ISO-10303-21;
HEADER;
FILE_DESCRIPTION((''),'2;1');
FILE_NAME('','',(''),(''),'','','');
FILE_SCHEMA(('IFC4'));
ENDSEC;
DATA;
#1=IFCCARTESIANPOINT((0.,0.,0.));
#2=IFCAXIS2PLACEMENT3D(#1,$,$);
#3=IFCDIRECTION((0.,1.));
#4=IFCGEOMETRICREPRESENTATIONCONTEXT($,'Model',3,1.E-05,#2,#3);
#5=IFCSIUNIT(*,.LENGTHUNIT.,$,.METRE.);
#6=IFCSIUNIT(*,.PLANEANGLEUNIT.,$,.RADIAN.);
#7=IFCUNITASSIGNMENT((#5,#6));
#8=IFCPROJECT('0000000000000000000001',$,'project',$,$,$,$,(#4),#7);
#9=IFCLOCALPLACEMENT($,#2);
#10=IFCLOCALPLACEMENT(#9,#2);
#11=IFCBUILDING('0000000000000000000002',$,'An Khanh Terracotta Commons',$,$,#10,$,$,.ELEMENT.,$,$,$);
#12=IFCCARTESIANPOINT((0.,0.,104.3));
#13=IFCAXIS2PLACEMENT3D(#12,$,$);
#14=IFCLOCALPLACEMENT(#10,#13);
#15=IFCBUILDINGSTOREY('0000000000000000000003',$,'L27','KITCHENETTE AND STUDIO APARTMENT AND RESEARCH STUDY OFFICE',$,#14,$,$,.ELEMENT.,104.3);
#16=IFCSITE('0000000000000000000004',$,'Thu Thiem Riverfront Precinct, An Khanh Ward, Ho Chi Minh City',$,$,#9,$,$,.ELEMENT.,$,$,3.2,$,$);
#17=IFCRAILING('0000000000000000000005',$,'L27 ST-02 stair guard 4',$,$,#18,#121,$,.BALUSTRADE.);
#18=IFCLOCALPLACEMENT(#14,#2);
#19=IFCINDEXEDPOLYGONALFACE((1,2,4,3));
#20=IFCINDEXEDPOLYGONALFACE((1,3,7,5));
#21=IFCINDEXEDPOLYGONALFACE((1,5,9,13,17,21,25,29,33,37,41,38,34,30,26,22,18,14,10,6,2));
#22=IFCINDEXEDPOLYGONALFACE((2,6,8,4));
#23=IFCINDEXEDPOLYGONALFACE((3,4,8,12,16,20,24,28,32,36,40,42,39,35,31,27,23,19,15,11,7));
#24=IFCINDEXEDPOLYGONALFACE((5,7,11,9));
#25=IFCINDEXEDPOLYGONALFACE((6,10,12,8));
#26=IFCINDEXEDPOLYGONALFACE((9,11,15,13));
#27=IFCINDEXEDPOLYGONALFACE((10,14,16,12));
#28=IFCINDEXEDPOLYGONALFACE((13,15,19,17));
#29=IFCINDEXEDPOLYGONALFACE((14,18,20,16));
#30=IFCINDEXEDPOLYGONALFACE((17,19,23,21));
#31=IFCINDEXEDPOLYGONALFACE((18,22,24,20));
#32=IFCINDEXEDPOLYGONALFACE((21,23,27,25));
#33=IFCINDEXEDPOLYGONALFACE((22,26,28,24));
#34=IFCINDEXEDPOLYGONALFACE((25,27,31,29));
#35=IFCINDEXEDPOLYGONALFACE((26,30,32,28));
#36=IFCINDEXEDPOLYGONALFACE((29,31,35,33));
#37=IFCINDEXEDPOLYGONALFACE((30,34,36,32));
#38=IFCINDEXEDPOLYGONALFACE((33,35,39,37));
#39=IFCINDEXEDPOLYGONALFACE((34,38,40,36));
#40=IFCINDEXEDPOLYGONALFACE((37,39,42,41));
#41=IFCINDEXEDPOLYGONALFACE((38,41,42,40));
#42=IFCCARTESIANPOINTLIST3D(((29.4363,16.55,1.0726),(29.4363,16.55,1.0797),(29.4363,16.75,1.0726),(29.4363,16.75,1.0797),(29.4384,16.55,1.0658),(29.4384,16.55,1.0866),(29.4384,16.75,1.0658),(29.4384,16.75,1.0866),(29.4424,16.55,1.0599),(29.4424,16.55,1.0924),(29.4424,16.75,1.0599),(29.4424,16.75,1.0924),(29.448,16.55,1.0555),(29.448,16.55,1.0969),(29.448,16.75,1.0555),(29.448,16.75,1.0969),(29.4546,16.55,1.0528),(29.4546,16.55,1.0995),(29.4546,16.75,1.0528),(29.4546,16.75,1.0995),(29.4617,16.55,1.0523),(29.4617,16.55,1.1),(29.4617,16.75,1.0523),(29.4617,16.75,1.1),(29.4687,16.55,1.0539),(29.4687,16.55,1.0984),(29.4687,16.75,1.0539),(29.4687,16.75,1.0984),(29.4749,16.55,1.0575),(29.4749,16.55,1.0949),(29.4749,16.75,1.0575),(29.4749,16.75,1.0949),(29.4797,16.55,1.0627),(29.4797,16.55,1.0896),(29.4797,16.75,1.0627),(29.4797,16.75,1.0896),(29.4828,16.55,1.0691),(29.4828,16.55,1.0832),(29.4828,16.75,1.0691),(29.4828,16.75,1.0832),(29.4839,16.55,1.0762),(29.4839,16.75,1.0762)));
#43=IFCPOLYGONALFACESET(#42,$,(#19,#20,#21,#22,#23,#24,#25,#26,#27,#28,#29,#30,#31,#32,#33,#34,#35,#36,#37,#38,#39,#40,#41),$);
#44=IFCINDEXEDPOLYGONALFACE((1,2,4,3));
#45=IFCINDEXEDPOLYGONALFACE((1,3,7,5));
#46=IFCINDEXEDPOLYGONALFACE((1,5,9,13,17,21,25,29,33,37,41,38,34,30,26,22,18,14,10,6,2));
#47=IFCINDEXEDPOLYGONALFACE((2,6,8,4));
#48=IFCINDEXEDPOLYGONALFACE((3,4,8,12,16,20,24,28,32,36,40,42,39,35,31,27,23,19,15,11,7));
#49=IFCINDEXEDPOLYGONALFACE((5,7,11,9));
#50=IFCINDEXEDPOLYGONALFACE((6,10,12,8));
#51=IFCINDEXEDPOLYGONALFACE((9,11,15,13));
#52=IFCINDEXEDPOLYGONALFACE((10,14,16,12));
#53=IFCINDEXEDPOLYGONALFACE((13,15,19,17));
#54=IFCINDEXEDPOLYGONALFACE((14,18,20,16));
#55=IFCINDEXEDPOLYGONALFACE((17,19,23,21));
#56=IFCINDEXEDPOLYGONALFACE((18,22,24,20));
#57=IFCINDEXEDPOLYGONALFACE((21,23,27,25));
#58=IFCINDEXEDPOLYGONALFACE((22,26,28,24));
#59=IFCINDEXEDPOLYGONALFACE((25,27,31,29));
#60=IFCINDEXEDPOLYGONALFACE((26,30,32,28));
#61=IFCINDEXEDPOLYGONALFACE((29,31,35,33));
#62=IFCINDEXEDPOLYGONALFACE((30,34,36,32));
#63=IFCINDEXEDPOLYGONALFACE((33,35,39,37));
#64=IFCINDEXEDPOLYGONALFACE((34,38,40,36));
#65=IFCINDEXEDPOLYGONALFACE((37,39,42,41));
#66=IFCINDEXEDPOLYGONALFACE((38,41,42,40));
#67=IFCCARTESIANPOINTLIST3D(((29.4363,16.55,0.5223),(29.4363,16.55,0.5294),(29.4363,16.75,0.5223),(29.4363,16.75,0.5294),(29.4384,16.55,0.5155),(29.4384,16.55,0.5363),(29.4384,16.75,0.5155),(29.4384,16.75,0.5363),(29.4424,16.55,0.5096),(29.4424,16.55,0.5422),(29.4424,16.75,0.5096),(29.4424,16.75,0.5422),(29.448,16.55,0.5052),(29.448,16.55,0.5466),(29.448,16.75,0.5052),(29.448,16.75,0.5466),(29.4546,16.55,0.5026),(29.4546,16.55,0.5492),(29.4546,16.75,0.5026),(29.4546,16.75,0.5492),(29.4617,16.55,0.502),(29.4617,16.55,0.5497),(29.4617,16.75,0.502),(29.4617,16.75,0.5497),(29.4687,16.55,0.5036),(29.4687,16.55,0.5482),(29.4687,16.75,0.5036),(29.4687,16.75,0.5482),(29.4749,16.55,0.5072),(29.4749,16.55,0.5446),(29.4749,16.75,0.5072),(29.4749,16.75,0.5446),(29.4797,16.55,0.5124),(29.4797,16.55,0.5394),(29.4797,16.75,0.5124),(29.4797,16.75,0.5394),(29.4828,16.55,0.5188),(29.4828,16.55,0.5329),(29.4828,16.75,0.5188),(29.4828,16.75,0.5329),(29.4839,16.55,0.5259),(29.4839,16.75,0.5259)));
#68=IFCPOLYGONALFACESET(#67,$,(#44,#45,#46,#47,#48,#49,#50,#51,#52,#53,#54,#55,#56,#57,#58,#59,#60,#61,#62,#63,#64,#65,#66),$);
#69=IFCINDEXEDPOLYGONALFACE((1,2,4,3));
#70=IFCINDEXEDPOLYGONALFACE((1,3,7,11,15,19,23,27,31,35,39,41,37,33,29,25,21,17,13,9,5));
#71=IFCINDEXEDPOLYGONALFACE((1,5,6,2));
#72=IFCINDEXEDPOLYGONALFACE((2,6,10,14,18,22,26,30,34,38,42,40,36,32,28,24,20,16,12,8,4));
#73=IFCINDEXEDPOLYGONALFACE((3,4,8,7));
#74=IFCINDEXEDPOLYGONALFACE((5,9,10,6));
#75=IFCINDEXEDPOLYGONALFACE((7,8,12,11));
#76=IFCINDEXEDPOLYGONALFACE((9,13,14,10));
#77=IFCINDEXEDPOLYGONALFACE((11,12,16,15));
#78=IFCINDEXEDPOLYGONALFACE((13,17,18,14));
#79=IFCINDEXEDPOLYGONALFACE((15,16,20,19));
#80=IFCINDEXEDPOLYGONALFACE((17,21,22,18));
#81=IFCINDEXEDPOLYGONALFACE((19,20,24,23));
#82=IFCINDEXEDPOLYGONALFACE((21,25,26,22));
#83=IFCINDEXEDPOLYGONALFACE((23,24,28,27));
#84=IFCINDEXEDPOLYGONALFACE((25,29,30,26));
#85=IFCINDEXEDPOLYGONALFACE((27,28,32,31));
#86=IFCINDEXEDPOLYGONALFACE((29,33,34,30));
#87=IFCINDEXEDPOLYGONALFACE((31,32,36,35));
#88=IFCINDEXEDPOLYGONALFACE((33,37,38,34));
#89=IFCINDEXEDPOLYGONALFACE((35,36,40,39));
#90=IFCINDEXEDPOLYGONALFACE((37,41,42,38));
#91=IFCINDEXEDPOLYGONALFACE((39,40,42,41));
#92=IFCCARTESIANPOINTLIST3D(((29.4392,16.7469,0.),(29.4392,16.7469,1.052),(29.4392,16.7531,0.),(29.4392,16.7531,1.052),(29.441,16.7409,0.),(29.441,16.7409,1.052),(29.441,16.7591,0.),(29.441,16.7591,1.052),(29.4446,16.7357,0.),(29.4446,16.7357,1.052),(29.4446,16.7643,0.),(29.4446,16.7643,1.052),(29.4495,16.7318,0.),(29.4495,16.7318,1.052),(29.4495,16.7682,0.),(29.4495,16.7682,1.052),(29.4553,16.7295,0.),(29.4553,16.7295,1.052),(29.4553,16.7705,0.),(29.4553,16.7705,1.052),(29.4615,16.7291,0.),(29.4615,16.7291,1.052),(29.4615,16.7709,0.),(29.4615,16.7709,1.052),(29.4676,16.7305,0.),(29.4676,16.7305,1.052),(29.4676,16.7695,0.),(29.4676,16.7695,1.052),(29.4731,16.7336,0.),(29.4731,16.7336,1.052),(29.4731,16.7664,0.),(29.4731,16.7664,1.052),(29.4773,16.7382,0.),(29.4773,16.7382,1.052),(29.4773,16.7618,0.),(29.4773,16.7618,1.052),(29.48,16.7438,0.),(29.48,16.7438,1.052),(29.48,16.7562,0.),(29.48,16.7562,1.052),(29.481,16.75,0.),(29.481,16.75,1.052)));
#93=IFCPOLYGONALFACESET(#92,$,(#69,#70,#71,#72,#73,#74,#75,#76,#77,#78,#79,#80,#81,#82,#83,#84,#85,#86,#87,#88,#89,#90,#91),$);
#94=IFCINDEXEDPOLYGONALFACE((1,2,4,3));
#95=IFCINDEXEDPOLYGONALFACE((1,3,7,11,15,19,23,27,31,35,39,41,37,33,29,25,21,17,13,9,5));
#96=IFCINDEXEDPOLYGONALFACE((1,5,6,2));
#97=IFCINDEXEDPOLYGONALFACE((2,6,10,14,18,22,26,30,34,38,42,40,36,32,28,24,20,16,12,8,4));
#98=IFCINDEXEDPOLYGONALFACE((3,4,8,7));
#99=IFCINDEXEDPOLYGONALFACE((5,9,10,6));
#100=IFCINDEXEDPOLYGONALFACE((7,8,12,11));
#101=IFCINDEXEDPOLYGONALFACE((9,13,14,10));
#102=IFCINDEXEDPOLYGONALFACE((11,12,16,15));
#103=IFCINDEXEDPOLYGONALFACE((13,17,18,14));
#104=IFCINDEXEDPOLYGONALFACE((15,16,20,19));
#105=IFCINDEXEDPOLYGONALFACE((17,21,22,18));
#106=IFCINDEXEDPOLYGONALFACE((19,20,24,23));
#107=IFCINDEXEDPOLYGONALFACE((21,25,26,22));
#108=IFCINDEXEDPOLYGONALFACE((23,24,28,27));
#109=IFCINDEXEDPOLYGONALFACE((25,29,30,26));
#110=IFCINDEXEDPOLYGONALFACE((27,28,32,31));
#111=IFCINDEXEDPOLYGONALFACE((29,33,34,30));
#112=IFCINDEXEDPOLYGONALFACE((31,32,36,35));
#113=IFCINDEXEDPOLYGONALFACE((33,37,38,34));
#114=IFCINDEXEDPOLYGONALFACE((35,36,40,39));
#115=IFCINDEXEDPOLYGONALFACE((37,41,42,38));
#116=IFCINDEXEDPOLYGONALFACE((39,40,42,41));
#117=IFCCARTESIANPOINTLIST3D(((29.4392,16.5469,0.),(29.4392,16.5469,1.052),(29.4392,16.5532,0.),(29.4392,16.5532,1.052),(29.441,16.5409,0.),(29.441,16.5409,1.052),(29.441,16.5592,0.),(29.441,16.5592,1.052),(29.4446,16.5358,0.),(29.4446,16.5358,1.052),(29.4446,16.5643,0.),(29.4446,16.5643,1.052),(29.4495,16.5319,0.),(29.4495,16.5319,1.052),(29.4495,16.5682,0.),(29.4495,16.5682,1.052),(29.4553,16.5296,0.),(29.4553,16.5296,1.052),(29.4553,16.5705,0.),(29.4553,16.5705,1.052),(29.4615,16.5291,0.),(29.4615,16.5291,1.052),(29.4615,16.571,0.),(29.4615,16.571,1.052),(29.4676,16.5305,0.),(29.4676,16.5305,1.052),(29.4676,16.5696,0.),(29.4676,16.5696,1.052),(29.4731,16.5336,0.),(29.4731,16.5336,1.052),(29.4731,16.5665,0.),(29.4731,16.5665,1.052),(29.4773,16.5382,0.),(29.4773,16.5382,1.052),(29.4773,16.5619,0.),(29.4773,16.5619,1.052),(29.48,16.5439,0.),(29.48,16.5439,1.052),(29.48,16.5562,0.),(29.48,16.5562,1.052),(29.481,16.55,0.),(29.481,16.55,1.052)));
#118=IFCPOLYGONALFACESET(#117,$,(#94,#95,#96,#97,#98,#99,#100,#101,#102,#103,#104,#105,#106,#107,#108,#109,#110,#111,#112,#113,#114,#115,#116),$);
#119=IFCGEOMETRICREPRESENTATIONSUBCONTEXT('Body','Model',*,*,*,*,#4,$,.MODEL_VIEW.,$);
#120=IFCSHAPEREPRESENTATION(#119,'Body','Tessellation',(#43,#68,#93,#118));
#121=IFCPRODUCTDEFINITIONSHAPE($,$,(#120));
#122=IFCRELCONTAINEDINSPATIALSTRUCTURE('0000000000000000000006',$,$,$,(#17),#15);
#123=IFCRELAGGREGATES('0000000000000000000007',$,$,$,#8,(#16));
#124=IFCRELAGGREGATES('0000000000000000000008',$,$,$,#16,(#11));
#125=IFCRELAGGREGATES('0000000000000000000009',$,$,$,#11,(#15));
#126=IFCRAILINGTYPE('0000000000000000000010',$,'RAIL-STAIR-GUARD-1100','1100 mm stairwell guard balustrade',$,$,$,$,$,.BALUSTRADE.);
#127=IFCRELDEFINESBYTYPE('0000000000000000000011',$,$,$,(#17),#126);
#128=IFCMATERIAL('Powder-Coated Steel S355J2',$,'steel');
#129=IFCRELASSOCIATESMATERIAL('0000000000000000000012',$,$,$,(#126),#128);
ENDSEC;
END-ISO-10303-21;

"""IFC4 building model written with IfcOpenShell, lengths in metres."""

from ifc_helpers import new_model, si_unit, direction, frame, origin, origin_2d, place, context, subcontext, project, spatial, circle, extrude, material, type_object, element, save


model = new_model("IFC4")

# Units and contexts
model_context = context("Model", 3, precision=1e-05, world=origin(), true_north=direction((0.0, 1.0)))
body_context = subcontext(model_context, "Body", "Model", "MODEL_VIEW")
ifc_project = project(units=[si_unit("LENGTHUNIT", "METRE"), si_unit("PLANEANGLEUNIT", "RADIAN")], contexts=[model_context])

# Site, building, storey
site_placement = place(None, origin())
site = spatial("IfcSite", under=ifc_project, at=site_placement, Name="Thu Thiem Riverfront Precinct, An Khanh Ward, Ho Chi Minh City", CompositionType="ELEMENT", RefElevation=3.2)
building_placement = place(site_placement, origin())
building = spatial("IfcBuilding", under=site, at=building_placement, Name="An Khanh Terracotta Commons", CompositionType="ELEMENT")
storey_placement = place(building_placement, frame((0.0, 0.0, 104.3)))
storey = spatial("IfcBuildingStorey", under=building, at=storey_placement, Name="L27", Description="KITCHENETTE AND STUDIO APARTMENT AND RESEARCH STUDY OFFICE", CompositionType="ELEMENT", Elevation=104.3)

# Railing
ifc_material_1 = material(Name="Powder-Coated Steel S355J2", Category="steel")
railing_type_1 = type_object("IfcRailingType", Name="RAIL-STAIR-GUARD-1100", Description="1100 mm stairwell guard balustrade", PredefinedType="BALUSTRADE", material=ifc_material_1)
railing_1_placement = place(storey_placement, frame((29.46, 16.75, 0.0)))
element("IfcRailing", 1, at=railing_1_placement, inside=storey, type_object=railing_type_1, Name="L27 ST-02 stair guard 4", PredefinedType="BALUSTRADE", context=body_context, shape_type="SweptSolid", body=[
    extrude(circle(Radius=0.0239, at=origin_2d()), frame((0.0, 0.0, 1.0762), z_axis=(0.0, -1.0, 0.0), x_axis=(1.0, 0.0, 0.0)), (0.0, 0.0, 1.0), 0.2),
    extrude(circle(Radius=0.0239, at=origin_2d()), frame((0.0, 0.0, 0.5259), z_axis=(0.0, -1.0, 0.0), x_axis=(1.0, 0.0, 0.0)), (0.0, 0.0, 1.0), 0.2),
    extrude(circle(Radius=0.021, at=origin_2d()), origin(), (0.0, 0.0, 1.0), 1.052),
    extrude(circle(Radius=0.021, at=origin_2d()), frame((0.0, -0.2, 0.0)), (0.0, 0.0, 1.0), 1.052),
])

save(model, "model.ifc")
